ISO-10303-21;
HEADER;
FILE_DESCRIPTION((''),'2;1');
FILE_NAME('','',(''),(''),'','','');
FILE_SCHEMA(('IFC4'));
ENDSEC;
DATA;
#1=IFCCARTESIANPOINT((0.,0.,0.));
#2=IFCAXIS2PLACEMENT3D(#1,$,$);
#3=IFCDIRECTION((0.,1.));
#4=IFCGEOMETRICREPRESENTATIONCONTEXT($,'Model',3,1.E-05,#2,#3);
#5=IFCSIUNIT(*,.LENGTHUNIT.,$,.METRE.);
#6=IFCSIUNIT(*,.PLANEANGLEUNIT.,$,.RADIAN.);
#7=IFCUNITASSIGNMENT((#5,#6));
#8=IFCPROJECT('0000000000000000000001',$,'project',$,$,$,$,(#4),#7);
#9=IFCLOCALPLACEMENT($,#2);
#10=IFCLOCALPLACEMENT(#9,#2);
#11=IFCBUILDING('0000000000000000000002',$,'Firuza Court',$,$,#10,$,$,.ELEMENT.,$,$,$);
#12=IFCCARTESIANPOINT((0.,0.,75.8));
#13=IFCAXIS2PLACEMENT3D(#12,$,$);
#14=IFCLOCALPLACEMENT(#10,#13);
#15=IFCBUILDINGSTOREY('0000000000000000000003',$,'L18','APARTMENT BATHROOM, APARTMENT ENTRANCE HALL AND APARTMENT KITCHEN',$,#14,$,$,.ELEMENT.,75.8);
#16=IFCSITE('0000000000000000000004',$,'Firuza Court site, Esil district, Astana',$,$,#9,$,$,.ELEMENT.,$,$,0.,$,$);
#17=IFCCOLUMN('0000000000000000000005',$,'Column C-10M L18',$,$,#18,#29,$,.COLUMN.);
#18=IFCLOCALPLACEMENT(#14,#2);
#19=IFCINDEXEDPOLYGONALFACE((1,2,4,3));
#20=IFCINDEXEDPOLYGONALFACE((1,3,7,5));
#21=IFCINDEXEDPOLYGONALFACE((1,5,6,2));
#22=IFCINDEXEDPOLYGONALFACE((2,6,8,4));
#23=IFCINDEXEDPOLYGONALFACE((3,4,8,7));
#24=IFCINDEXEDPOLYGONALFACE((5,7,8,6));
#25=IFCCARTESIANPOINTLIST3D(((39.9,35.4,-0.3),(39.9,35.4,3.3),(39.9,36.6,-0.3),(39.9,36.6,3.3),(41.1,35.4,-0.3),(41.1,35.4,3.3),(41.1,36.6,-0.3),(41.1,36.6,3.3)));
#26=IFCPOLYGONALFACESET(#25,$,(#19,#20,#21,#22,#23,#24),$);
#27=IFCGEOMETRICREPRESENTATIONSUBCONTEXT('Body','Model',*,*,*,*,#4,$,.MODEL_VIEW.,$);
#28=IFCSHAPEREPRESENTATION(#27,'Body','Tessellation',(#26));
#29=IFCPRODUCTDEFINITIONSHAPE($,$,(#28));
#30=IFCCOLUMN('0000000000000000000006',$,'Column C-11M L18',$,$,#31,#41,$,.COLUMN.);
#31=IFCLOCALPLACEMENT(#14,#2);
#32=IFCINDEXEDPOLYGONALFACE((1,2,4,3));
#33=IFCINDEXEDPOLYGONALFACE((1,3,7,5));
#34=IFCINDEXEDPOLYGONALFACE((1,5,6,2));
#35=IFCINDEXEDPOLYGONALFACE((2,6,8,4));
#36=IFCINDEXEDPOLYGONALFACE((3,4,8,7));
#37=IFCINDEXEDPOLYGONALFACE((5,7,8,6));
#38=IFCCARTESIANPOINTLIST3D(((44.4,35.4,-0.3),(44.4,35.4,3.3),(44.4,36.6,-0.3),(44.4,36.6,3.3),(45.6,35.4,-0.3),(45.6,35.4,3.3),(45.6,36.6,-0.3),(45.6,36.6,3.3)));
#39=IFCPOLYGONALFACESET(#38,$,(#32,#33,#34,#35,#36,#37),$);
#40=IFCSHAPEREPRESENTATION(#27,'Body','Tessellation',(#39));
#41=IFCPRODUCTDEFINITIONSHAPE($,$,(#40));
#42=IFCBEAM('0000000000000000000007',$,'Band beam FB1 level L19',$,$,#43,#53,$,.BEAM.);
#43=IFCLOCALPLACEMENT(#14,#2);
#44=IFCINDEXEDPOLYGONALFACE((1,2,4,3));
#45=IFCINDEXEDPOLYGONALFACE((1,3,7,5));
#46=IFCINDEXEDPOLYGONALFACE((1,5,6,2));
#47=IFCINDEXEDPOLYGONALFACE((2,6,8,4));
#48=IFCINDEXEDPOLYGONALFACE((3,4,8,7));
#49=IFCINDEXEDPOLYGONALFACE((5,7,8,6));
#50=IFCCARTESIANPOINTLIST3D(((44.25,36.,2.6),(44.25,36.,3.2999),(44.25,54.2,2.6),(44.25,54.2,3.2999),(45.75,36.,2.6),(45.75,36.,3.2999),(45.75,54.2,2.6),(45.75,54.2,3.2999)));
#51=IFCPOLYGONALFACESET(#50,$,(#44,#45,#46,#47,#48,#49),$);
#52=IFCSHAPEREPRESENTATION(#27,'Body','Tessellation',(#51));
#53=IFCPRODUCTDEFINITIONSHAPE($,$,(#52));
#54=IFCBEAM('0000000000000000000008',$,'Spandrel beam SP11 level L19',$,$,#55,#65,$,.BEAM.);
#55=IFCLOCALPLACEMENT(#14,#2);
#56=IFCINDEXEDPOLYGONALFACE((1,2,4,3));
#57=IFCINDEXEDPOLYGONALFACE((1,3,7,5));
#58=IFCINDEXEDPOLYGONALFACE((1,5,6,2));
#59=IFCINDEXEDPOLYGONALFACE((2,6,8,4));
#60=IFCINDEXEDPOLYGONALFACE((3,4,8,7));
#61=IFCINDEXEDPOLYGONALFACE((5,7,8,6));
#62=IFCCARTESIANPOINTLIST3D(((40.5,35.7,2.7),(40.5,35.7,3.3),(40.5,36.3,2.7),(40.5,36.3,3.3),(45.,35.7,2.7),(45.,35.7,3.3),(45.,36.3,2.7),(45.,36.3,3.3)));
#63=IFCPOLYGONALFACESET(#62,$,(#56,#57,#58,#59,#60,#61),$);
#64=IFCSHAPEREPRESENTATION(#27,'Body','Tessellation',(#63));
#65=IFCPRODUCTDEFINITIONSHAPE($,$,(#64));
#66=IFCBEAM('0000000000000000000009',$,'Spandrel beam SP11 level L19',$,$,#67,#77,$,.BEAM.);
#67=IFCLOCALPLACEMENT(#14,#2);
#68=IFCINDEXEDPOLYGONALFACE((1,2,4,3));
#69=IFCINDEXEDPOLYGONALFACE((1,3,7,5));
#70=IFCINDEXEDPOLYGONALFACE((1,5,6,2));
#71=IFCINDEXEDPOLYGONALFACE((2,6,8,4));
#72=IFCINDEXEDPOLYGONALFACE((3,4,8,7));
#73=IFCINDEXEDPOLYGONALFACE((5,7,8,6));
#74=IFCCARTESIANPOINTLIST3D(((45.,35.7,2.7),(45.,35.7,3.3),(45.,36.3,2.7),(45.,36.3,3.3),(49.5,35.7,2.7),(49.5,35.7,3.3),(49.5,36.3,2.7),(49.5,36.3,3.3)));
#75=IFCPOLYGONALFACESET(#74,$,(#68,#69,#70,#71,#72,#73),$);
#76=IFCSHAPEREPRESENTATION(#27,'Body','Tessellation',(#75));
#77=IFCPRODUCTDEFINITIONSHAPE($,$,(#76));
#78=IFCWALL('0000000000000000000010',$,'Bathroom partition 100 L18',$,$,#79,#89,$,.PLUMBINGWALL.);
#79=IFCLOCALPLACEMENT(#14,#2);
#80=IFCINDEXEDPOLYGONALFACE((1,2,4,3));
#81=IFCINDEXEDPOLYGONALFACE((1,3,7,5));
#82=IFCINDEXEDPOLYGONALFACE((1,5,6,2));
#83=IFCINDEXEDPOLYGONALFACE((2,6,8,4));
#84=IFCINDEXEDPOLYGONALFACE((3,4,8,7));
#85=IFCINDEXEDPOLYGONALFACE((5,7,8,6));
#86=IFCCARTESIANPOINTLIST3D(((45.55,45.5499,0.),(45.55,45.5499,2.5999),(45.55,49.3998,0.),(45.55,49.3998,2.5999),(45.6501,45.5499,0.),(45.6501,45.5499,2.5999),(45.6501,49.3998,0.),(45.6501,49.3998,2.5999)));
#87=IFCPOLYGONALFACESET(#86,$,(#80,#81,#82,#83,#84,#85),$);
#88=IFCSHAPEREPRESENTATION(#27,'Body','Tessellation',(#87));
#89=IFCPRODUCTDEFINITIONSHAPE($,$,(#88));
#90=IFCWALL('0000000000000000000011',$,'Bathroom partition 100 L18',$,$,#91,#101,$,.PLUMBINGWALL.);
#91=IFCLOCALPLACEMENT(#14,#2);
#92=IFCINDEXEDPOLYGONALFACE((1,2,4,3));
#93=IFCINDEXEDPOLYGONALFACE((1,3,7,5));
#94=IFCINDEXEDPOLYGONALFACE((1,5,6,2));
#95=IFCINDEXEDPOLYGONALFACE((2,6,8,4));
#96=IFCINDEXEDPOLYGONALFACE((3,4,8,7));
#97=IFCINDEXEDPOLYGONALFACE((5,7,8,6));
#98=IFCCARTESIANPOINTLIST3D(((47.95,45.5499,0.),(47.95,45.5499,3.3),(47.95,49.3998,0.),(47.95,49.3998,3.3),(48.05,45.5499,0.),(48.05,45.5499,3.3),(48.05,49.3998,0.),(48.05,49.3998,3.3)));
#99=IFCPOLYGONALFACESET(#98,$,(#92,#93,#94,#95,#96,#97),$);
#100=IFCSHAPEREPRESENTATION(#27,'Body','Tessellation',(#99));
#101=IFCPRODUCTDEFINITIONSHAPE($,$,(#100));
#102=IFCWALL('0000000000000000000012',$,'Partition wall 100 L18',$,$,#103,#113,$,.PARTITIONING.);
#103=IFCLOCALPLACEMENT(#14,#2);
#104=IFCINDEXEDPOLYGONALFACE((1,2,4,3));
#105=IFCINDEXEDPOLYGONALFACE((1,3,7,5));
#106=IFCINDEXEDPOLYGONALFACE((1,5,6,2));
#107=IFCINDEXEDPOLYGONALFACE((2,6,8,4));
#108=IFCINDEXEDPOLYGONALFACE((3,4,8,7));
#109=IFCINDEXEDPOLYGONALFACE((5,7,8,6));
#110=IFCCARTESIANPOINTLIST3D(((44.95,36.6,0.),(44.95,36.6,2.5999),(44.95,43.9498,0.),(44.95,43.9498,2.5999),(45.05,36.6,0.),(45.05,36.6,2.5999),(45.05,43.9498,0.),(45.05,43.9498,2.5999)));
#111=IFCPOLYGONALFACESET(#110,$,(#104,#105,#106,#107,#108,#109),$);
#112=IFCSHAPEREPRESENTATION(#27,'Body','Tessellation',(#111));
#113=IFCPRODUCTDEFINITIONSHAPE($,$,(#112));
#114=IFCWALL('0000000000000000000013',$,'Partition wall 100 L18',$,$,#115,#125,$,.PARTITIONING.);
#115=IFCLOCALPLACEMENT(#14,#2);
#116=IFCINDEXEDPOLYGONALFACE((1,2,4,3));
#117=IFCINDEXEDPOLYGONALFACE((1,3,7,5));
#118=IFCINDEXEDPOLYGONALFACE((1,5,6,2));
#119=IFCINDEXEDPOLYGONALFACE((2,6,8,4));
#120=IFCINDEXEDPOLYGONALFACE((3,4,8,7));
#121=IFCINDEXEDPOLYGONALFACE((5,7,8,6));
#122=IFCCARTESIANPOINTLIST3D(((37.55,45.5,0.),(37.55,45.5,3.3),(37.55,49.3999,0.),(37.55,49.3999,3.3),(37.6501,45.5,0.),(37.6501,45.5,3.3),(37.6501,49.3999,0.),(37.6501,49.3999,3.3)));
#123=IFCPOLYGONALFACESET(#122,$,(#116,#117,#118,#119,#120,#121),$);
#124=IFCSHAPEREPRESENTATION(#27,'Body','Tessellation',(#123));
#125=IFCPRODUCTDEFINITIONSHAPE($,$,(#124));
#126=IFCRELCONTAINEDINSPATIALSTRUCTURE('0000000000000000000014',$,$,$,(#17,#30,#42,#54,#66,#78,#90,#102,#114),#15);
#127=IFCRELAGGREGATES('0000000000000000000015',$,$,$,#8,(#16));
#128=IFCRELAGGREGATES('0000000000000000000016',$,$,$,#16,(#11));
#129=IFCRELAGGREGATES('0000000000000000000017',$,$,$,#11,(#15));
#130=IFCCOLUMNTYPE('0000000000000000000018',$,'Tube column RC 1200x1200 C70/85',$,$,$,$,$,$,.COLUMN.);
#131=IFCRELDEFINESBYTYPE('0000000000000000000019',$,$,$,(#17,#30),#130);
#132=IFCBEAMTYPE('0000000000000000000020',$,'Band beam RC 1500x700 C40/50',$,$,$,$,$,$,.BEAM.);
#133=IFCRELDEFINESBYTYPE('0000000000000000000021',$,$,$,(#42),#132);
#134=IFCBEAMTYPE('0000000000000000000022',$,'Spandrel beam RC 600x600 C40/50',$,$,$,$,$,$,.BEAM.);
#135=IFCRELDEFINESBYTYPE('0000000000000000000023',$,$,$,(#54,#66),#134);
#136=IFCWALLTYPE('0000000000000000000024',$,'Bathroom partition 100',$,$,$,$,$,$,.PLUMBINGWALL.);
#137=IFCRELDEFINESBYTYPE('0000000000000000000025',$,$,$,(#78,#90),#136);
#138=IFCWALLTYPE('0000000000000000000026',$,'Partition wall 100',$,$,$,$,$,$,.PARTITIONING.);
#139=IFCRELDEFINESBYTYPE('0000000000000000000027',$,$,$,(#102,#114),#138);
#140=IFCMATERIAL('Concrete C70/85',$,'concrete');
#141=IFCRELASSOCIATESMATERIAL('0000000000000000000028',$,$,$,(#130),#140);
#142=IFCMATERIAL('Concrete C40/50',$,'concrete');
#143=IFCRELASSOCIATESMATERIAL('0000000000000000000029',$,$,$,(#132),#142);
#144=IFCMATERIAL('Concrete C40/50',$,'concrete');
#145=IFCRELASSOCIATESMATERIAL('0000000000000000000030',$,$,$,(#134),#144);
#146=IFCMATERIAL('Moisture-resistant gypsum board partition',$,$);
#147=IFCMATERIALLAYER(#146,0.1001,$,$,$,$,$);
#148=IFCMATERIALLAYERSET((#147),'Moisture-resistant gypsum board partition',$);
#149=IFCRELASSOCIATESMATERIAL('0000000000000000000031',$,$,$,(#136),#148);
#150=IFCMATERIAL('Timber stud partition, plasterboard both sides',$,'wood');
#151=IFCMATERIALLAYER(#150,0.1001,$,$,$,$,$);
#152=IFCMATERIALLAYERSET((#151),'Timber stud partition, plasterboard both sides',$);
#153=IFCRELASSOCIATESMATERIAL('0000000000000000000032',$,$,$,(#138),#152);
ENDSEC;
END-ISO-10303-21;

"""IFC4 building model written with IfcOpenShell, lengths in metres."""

from ifc_helpers import new_model, si_unit, direction, frame, frame_2d, origin, origin_2d, place, context, subcontext, project, spatial, rectangle, extrude, material, layer, layer_set, material_profile, profile_set, type_object, element, save


model = new_model("IFC4")

# Units and contexts
model_context = context("Model", 3, precision=1e-05, world=origin(), true_north=direction((0.0, 1.0)))
body_context = subcontext(model_context, "Body", "Model", "MODEL_VIEW")
ifc_project = project(units=[si_unit("LENGTHUNIT", "METRE"), si_unit("PLANEANGLEUNIT", "RADIAN")], contexts=[model_context])

# Site, building, storey
site_placement = place(None, origin())
site = spatial("IfcSite", under=ifc_project, at=site_placement, Name="Firuza Court site, Esil district, Astana", CompositionType="ELEMENT", RefElevation=0.0)
building_placement = place(site_placement, origin())
building = spatial("IfcBuilding", under=site, at=building_placement, Name="Firuza Court", CompositionType="ELEMENT")
storey_placement = place(building_placement, frame((0.0, 0.0, 75.8)))
storey = spatial("IfcBuildingStorey", under=building, at=storey_placement, Name="L18", Description="APARTMENT BATHROOM, APARTMENT ENTRANCE HALL AND APARTMENT KITCHEN", CompositionType="ELEMENT", Elevation=75.8)

# Columns
ifc_material_1 = material(Name="Concrete C70/85", Category="concrete")
ifc_material_profile_1 = material_profile(ifc_material_1, rectangle(XDim=1.2, YDim=1.2, at=origin_2d()), Name="RC 1200x1200")
ifc_profile_set_1 = profile_set([ifc_material_profile_1], Name="Concrete C70/85")
column_type = type_object("IfcColumnType", Name="Tube column RC 1200x1200 C70/85", PredefinedType="COLUMN", material=ifc_profile_set_1)
for number, where, z_axis, x_axis, name in (
    (1, (40.5, 36.0, -0.3), (0.0, 0.0, 1.0), (1.0, 0.0, 0.0), "Column C-10M L18"),
    (2, (45.0, 36.0, -0.3), (0.0, 0.0, 1.0), (1.0, 0.0, 0.0), "Column C-11M L18"),
):
    element("IfcColumn", number, at=place(storey_placement, frame(where, z_axis=z_axis, x_axis=x_axis)), inside=storey, type_object=column_type, Name=name, PredefinedType="COLUMN", context=body_context, shape_type="SweptSolid", body=[
        extrude(rectangle(XDim=1.2, YDim=1.2, at=origin_2d()), origin(), (0.0, 0.0, 1.0), 3.6001),
    ])

# Beams
ifc_material_2 = material(Name="Concrete C40/50", Category="concrete")
ifc_material_profile_2 = material_profile(ifc_material_2, rectangle(XDim=1.5, YDim=0.7, at=origin_2d()), Name="RC 1500x700")
ifc_profile_set_2 = profile_set([ifc_material_profile_2], Name="Concrete C40/50")
beam_type_1 = type_object("IfcBeamType", Name="Band beam RC 1500x700 C40/50", PredefinedType="BEAM", material=ifc_profile_set_2)
beam_placement = place(storey_placement, frame((45.0, 36.0, 2.95), z_axis=(0.0, 1.0, 0.0), x_axis=(-1.0, 0.0, 0.0)))
element("IfcBeam", 3, at=beam_placement, inside=storey, type_object=beam_type_1, Name="Band beam FB1 level L19", PredefinedType="BEAM", context=body_context, shape_type="SweptSolid", body=[
    extrude(rectangle(XDim=1.5, YDim=0.7, at=origin_2d()), origin(), (0.0, 0.0, 1.0), 18.2),
])
ifc_material_3 = material(Name="Concrete C40/50", Category="concrete")
ifc_material_profile_3 = material_profile(ifc_material_3, rectangle(XDim=0.6001, YDim=0.6001, at=origin_2d()), Name="RC 600x600")
ifc_profile_set_3 = profile_set([ifc_material_profile_3], Name="Concrete C40/50")
beam_type_2 = type_object("IfcBeamType", Name="Spandrel beam RC 600x600 C40/50", PredefinedType="BEAM", material=ifc_profile_set_3)
for number, where, z_axis, x_axis, name in (
    (4, (40.5, 36.0, 3.0), (1.0, 0.0, 0.0), (0.0, 1.0, 0.0), "Spandrel beam SP11 level L19"),
    (5, (45.0, 36.0, 3.0), (1.0, 0.0, 0.0), (0.0, 1.0, 0.0), "Spandrel beam SP11 level L19"),
):
    element("IfcBeam", number, at=place(storey_placement, frame(where, z_axis=z_axis, x_axis=x_axis)), inside=storey, type_object=beam_type_2, Name=name, PredefinedType="BEAM", context=body_context, shape_type="SweptSolid", body=[
        extrude(rectangle(XDim=0.6001, YDim=0.6001, at=origin_2d()), origin(), (0.0, 0.0, 1.0), 4.5),
    ])

# Walls
ifc_material_4 = material(Name="Moisture-resistant gypsum board partition")
ifc_layer_1 = layer(ifc_material_4, 0.1001)
ifc_layer_set_1 = layer_set([ifc_layer_1], Name="Moisture-resistant gypsum board partition")
wall_type_1 = type_object("IfcWallType", Name="Bathroom partition 100", PredefinedType="PLUMBINGWALL", material=ifc_layer_set_1)
wall_1_placement = place(storey_placement, frame((45.6001, 45.55, 0.0), z_axis=(0.0, 0.0, 1.0), x_axis=(0.0, 1.0, 0.0)))
element("IfcWall", 6, at=wall_1_placement, inside=storey, type_object=wall_type_1, Name="Bathroom partition 100 L18", PredefinedType="PLUMBINGWALL", context=body_context, shape_type="SweptSolid", body=[
    extrude(rectangle(XDim=3.8499, YDim=0.1001, at=frame_2d((1.9248, 0.0))), origin(), (0.0, 0.0, 1.0), 2.5999),
])
wall_2_placement = place(storey_placement, frame((48.0, 45.55, 0.0), z_axis=(0.0, 0.0, 1.0), x_axis=(0.0, 1.0, 0.0)))
element("IfcWall", 7, at=wall_2_placement, inside=storey, type_object=wall_type_1, Name="Bathroom partition 100 L18", PredefinedType="PLUMBINGWALL", context=body_context, shape_type="SweptSolid", body=[
    extrude(rectangle(XDim=3.8499, YDim=0.1001, at=frame_2d((1.9248, 0.0))), origin(), (0.0, 0.0, 1.0), 3.3),
])
ifc_material_5 = material(Name="Timber stud partition, plasterboard both sides", Category="wood")
ifc_layer_2 = layer(ifc_material_5, 0.1001)
ifc_layer_set_2 = layer_set([ifc_layer_2], Name="Timber stud partition, plasterboard both sides")
wall_type_2 = type_object("IfcWallType", Name="Partition wall 100", PredefinedType="PARTITIONING", material=ifc_layer_set_2)
wall_3_placement = place(storey_placement, frame((45.0, 36.6001, 0.0), z_axis=(0.0, 0.0, 1.0), x_axis=(0.0, 1.0, 0.0)))
element("IfcWall", 8, at=wall_3_placement, inside=storey, type_object=wall_type_2, Name="Partition wall 100 L18", PredefinedType="PARTITIONING", context=body_context, shape_type="SweptSolid", body=[
    extrude(rectangle(XDim=7.3499, YDim=0.1001, at=frame_2d((3.6748, 0.0))), origin(), (0.0, 0.0, 1.0), 2.5999),
])
wall_4_placement = place(storey_placement, frame((37.6001, 45.5, 0.0), z_axis=(0.0, 0.0, 1.0), x_axis=(0.0, 1.0, 0.0)))
element("IfcWall", 9, at=wall_4_placement, inside=storey, type_object=wall_type_2, Name="Partition wall 100 L18", PredefinedType="PARTITIONING", context=body_context, shape_type="SweptSolid", body=[
    extrude(rectangle(XDim=3.8999, YDim=0.1001, at=frame_2d((1.95, 0.0))), origin(), (0.0, 0.0, 1.0), 3.3),
])

save(model, "model.ifc")
